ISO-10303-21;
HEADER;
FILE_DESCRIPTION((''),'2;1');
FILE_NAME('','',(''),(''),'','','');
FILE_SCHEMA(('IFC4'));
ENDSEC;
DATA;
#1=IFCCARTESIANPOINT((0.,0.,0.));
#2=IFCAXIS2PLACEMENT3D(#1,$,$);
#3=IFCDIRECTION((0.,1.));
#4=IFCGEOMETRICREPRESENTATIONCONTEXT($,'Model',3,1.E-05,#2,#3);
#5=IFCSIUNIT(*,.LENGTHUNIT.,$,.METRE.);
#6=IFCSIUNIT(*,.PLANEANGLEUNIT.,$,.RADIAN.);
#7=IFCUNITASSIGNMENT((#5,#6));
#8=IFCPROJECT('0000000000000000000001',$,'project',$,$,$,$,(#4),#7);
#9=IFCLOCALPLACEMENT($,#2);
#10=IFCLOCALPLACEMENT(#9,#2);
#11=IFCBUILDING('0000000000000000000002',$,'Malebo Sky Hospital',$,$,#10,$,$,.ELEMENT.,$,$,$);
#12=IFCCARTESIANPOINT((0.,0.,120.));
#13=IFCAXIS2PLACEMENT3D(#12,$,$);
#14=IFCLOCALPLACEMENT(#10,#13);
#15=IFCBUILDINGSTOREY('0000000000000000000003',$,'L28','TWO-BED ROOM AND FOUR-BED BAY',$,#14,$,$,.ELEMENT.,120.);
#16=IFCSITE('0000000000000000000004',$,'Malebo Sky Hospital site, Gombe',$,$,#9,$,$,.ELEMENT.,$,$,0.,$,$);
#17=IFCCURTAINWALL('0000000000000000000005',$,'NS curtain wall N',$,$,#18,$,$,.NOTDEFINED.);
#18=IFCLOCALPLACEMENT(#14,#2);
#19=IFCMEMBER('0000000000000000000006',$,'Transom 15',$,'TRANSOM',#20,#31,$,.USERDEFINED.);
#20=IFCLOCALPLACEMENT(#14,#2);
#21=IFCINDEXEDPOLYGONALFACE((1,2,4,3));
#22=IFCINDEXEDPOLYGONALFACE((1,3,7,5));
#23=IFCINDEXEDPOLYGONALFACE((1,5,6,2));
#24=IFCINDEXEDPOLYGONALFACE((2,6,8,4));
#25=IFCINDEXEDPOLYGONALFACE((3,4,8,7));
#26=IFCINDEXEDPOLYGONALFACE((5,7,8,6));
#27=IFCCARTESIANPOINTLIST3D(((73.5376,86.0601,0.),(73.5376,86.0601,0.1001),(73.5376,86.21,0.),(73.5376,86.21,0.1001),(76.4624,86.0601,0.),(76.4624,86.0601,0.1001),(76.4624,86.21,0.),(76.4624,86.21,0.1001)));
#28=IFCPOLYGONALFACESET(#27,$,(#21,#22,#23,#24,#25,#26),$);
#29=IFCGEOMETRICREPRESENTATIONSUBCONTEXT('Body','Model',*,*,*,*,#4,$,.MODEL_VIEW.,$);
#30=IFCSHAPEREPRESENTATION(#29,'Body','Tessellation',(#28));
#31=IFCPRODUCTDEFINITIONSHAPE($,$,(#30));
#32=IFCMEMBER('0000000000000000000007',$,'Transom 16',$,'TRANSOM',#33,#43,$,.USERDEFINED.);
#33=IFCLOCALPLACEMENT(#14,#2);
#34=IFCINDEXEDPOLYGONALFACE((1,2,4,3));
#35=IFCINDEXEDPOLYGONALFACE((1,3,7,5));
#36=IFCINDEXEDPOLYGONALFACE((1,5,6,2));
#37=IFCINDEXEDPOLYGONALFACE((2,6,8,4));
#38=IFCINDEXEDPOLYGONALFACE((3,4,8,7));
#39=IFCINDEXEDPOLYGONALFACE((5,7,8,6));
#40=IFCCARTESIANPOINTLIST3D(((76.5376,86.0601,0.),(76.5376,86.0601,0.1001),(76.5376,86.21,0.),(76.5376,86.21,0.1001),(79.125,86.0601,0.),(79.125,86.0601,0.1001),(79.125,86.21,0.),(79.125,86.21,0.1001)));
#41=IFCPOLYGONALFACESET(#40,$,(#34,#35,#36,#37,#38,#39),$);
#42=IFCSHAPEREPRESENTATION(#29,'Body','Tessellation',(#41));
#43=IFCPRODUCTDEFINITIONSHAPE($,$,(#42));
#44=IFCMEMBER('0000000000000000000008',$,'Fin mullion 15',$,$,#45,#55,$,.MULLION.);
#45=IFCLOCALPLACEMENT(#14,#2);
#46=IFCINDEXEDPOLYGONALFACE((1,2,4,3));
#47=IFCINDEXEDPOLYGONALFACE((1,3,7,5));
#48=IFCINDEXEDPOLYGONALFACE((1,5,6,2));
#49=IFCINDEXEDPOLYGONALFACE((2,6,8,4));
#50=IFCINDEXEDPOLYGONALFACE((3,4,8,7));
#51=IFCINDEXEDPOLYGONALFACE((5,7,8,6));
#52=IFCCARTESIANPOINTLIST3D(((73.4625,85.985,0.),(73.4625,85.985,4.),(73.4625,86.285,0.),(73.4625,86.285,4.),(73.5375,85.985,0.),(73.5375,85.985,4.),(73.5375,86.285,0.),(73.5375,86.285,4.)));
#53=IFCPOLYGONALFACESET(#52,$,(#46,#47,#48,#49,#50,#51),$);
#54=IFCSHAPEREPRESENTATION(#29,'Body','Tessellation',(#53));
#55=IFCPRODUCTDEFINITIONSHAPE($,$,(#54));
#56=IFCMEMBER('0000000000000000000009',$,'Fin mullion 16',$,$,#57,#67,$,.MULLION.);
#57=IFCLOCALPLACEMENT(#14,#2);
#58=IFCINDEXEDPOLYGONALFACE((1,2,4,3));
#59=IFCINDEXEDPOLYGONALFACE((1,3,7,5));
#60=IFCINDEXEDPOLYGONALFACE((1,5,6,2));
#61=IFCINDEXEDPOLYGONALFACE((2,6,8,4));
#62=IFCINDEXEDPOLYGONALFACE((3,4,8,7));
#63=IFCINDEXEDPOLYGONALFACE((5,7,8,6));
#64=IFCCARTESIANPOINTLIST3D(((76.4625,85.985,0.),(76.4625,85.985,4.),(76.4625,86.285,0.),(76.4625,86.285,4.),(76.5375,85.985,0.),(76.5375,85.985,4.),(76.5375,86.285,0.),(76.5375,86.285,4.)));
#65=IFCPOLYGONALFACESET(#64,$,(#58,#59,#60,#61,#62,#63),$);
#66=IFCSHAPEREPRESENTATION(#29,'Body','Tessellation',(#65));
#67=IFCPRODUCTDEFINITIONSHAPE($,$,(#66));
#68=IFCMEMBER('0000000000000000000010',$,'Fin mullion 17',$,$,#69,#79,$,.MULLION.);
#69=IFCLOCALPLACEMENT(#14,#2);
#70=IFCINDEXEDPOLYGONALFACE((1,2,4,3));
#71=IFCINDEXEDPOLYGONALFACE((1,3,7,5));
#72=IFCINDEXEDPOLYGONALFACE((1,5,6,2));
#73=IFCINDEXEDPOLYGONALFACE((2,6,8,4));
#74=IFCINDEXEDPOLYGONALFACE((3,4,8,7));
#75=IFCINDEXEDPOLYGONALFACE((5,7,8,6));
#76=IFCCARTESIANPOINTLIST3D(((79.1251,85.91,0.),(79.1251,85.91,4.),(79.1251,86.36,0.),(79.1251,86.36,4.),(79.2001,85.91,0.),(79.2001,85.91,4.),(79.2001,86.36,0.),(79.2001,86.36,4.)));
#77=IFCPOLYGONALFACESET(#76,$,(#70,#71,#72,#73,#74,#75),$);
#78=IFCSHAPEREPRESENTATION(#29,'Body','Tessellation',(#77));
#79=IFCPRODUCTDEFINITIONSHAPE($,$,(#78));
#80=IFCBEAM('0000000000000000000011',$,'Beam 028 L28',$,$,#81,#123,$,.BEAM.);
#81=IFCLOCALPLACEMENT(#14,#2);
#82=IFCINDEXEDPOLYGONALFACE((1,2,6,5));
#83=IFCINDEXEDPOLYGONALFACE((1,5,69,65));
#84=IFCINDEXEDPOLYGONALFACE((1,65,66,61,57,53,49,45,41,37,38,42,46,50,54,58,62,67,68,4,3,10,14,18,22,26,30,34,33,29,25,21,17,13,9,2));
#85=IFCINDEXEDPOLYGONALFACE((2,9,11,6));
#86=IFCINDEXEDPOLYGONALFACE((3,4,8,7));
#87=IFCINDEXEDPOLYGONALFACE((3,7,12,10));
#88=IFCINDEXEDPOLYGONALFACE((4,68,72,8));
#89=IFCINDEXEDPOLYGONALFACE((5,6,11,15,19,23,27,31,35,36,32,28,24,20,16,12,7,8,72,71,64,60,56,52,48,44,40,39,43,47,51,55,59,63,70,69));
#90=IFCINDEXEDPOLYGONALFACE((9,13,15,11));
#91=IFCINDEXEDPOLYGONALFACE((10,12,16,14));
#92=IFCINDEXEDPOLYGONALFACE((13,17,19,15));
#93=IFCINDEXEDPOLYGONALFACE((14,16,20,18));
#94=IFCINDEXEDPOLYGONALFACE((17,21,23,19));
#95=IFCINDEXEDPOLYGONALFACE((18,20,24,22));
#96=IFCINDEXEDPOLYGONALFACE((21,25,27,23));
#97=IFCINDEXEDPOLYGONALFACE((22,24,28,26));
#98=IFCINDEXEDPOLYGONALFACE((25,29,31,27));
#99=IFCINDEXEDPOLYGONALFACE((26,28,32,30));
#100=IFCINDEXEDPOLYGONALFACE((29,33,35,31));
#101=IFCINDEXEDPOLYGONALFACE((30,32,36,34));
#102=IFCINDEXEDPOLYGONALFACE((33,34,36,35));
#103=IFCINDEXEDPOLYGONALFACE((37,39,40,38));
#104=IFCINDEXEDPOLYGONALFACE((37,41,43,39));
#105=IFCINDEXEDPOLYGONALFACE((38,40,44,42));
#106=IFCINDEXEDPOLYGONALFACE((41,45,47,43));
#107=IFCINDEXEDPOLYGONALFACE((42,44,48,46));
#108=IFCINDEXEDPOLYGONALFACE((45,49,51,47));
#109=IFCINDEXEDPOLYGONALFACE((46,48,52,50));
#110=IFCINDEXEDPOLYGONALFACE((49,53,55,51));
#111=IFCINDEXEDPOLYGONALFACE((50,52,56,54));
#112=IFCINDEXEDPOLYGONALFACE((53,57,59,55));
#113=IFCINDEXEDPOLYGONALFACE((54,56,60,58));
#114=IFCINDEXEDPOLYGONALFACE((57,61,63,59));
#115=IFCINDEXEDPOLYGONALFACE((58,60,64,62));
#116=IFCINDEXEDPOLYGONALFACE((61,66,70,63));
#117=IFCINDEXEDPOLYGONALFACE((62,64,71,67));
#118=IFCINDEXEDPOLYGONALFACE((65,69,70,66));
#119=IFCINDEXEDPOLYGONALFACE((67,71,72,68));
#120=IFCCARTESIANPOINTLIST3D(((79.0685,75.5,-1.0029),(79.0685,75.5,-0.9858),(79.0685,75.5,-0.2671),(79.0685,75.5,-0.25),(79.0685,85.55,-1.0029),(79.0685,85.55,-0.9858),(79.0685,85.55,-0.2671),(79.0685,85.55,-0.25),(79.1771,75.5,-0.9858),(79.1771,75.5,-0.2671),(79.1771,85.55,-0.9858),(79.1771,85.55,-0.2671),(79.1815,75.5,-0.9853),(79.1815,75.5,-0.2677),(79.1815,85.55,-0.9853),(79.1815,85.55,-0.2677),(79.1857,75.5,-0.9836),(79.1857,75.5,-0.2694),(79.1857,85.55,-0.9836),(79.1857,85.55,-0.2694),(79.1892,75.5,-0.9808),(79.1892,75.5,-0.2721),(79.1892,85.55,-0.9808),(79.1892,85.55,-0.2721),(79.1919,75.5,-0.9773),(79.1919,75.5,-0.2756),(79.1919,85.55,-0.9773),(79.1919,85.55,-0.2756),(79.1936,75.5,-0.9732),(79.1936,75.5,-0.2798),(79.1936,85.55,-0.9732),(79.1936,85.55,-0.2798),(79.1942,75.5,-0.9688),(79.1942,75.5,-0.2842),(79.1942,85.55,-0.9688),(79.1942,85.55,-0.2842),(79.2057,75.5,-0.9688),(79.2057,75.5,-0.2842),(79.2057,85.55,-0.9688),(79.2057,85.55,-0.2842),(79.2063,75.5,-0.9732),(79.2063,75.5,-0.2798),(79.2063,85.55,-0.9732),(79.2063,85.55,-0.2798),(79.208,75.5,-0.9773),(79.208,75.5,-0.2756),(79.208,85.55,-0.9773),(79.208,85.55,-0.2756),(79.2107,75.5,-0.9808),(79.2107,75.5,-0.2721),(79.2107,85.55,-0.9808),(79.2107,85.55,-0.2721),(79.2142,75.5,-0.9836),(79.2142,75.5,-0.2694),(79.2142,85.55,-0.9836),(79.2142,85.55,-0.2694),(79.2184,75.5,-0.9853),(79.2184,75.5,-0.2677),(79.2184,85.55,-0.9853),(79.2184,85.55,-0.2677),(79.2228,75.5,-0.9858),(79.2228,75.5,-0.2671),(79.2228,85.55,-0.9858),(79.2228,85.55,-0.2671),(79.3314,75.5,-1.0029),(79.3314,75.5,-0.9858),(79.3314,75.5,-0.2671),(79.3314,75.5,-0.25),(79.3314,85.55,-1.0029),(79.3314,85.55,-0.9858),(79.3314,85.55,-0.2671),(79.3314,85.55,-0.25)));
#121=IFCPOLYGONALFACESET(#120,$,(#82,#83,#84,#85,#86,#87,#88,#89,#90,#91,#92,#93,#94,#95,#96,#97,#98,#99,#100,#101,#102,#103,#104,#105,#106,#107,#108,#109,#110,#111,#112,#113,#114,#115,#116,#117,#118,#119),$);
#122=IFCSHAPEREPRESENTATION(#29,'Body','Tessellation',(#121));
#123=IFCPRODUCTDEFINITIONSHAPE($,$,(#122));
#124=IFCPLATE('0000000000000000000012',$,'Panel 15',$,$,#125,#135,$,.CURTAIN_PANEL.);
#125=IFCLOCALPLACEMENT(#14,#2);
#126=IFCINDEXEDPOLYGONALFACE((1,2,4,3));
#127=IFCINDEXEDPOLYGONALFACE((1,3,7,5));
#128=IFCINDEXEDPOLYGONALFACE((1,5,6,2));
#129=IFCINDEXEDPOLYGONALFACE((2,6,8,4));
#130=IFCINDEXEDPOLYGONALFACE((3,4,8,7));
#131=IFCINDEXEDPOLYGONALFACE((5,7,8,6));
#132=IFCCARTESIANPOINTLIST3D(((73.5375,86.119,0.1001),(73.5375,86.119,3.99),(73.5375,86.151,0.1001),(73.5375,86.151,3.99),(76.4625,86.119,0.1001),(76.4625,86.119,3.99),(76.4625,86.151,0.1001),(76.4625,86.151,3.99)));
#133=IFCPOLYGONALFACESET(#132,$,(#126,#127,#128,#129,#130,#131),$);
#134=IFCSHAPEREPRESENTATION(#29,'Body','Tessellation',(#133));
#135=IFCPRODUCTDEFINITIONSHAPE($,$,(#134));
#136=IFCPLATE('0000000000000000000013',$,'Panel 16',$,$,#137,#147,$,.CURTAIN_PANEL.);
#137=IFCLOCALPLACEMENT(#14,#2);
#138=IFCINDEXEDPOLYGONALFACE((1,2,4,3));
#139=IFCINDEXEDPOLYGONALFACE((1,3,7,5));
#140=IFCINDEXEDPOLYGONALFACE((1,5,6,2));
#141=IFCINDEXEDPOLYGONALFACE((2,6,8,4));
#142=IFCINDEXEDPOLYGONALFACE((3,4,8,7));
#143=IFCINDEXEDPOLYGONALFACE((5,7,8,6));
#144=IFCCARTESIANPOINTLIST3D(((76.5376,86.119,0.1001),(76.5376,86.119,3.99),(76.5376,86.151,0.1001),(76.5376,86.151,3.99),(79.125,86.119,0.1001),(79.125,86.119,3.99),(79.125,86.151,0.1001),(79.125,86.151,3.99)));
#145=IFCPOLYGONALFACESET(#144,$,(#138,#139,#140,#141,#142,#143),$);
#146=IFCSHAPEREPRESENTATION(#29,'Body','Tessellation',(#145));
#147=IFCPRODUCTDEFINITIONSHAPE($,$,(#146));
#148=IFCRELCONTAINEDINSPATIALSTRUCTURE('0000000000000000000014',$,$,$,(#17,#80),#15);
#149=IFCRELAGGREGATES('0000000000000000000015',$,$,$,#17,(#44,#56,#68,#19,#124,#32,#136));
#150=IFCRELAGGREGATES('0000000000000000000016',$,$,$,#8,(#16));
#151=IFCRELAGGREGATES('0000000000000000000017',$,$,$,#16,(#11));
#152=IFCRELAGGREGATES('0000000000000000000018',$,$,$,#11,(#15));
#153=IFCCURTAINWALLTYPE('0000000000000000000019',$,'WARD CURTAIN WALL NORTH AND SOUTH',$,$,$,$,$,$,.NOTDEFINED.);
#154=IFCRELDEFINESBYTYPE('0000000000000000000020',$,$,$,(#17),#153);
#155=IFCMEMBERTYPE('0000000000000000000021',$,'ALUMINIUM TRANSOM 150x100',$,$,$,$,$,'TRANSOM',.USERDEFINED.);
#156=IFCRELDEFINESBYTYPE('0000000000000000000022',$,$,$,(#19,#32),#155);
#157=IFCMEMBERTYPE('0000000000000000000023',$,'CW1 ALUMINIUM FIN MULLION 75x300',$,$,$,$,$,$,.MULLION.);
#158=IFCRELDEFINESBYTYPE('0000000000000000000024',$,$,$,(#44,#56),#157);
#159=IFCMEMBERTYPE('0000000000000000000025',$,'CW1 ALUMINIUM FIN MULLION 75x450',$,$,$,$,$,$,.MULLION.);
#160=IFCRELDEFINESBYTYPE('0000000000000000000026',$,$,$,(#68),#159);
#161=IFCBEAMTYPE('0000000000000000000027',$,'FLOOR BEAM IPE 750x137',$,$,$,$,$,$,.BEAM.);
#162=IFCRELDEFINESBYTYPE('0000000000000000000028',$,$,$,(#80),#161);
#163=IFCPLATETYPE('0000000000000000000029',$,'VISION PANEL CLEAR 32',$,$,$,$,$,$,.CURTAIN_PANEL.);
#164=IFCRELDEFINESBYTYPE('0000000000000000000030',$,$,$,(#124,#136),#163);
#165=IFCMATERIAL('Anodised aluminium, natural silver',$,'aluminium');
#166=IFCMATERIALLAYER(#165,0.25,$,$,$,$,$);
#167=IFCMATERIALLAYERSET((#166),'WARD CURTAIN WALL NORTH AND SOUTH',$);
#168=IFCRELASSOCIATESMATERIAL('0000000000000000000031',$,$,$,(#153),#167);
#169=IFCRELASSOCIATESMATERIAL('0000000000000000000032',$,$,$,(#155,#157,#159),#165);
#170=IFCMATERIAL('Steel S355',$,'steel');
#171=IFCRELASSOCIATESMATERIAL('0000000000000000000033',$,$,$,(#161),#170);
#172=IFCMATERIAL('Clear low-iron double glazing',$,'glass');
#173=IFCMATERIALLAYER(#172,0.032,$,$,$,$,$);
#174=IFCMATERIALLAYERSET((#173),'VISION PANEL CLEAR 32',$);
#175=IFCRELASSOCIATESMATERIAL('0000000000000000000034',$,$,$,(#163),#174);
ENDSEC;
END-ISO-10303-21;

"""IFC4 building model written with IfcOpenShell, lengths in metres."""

from ifc_helpers import new_model, si_unit, direction, frame, origin, origin_2d, place, context, subcontext, project, spatial, rectangle, i_section, extrude, material, layer, layer_set, material_profile, profile_set, type_object, element, aggregate, save


model = new_model("IFC4")

# Units and contexts
model_context = context("Model", 3, precision=1e-05, world=origin(), true_north=direction((0.0, 1.0)))
body_context = subcontext(model_context, "Body", "Model", "MODEL_VIEW")
ifc_project = project(units=[si_unit("LENGTHUNIT", "METRE"), si_unit("PLANEANGLEUNIT", "RADIAN")], contexts=[model_context])

# Site, building, storey
site_placement = place(None, origin())
site = spatial("IfcSite", under=ifc_project, at=site_placement, Name="Malebo Sky Hospital site, Gombe", CompositionType="ELEMENT", RefElevation=0.0)
building_placement = place(site_placement, origin())
building = spatial("IfcBuilding", under=site, at=building_placement, Name="Malebo Sky Hospital", CompositionType="ELEMENT")
storey_placement = place(building_placement, frame((0.0, 0.0, 120.0)))
storey = spatial("IfcBuildingStorey", under=building, at=storey_placement, Name="L28", Description="TWO-BED ROOM AND FOUR-BED BAY", CompositionType="ELEMENT", Elevation=120.0)

# Curtain wall, members
ifc_material_1 = material(Name="Anodised aluminium, natural silver", Category="aluminium")
ifc_layer_1 = layer(ifc_material_1, 0.25)
ifc_layer_set_1 = layer_set([ifc_layer_1], Name="WARD CURTAIN WALL NORTH AND SOUTH")
curtain_wall_type = type_object("IfcCurtainWallType", Name="WARD CURTAIN WALL NORTH AND SOUTH", PredefinedType="NOTDEFINED", material=ifc_layer_set_1)
curtain_wall_placement = place(storey_placement, origin())
curtain_wall = element("IfcCurtainWall", 1, at=curtain_wall_placement, inside=storey, type_object=curtain_wall_type, Name="NS curtain wall N", PredefinedType="NOTDEFINED")
ifc_material_profile_1 = material_profile(ifc_material_1, rectangle(XDim=0.1499, YDim=0.1001, at=origin_2d()), Name="ALUMINIUM TRANSOM 150x100")
ifc_profile_set_1 = profile_set([ifc_material_profile_1], Name="Anodised aluminium, natural silver")
member_type_1 = type_object("IfcMemberType", Name="ALUMINIUM TRANSOM 150x100", ElementType="TRANSOM", PredefinedType="USERDEFINED", material=ifc_profile_set_1)
member_1_placement = place(storey_placement, frame((73.5376, 86.135, 0.05), z_axis=(1.0, 0.0, 0.0), x_axis=(0.0, 1.0, 0.0)))
member_1 = element("IfcMember", 2, at=member_1_placement, type_object=member_type_1, Name="Transom 15", ObjectType="TRANSOM", PredefinedType="USERDEFINED", context=body_context, shape_type="SweptSolid", body=[
    extrude(rectangle(XDim=0.1499, YDim=0.1001, at=origin_2d()), origin(), (0.0, 0.0, 1.0), 2.9248),
])
member_2_placement = place(storey_placement, frame((76.5376, 86.135, 0.05), z_axis=(1.0, 0.0, 0.0), x_axis=(0.0, 1.0, 0.0)))
member_2 = element("IfcMember", 3, at=member_2_placement, type_object=member_type_1, Name="Transom 16", ObjectType="TRANSOM", PredefinedType="USERDEFINED", context=body_context, shape_type="SweptSolid", body=[
    extrude(rectangle(XDim=0.1499, YDim=0.1001, at=origin_2d()), origin(), (0.0, 0.0, 1.0), 2.5874),
])
ifc_material_profile_2 = material_profile(ifc_material_1, rectangle(XDim=0.075, YDim=0.3, at=origin_2d()), Name="CW1 ALUMINIUM FIN MULLION 75x300")
ifc_profile_set_2 = profile_set([ifc_material_profile_2], Name="Anodised aluminium, natural silver")
member_type_2 = type_object("IfcMemberType", Name="CW1 ALUMINIUM FIN MULLION 75x300", PredefinedType="MULLION", material=ifc_profile_set_2)
member_3_placement = place(storey_placement, frame((73.5, 86.135, 0.0), z_axis=(0.0, 0.0, 1.0), x_axis=(1.0, 0.0, 0.0)))
member_3 = element("IfcMember", 4, at=member_3_placement, type_object=member_type_2, Name="Fin mullion 15", PredefinedType="MULLION", context=body_context, shape_type="SweptSolid", body=[
    extrude(rectangle(XDim=0.075, YDim=0.3, at=origin_2d()), origin(), (0.0, 0.0, 1.0), 4.0),
])
member_4_placement = place(storey_placement, frame((76.5, 86.135, 0.0), z_axis=(0.0, 0.0, 1.0), x_axis=(1.0, 0.0, 0.0)))
member_4 = element("IfcMember", 5, at=member_4_placement, type_object=member_type_2, Name="Fin mullion 16", PredefinedType="MULLION", context=body_context, shape_type="SweptSolid", body=[
    extrude(rectangle(XDim=0.075, YDim=0.3, at=origin_2d()), origin(), (0.0, 0.0, 1.0), 4.0),
])
ifc_material_profile_3 = material_profile(ifc_material_1, rectangle(XDim=0.075, YDim=0.45, at=origin_2d()), Name="CW1 ALUMINIUM FIN MULLION 75x450")
ifc_profile_set_3 = profile_set([ifc_material_profile_3], Name="Anodised aluminium, natural silver")
member_type_3 = type_object("IfcMemberType", Name="CW1 ALUMINIUM FIN MULLION 75x450", PredefinedType="MULLION", material=ifc_profile_set_3)
member_5_placement = place(storey_placement, frame((79.1626, 86.135, 0.0), z_axis=(0.0, 0.0, 1.0), x_axis=(1.0, 0.0, 0.0)))
member_5 = element("IfcMember", 6, at=member_5_placement, type_object=member_type_3, Name="Fin mullion 17", PredefinedType="MULLION", context=body_context, shape_type="SweptSolid", body=[
    extrude(rectangle(XDim=0.075, YDim=0.45, at=origin_2d()), origin(), (0.0, 0.0, 1.0), 4.0),
])

# Beam
ifc_material_2 = material(Name="Steel S355", Category="steel")
ifc_material_profile_4 = material_profile(ifc_material_2, i_section(OverallWidth=0.2629, OverallDepth=0.7529, WebThickness=0.0115, FlangeThickness=0.0171, FilletRadius=0.0171, at=origin_2d()), Name="IPE 750x137")
ifc_profile_set_4 = profile_set([ifc_material_profile_4], Name="Steel S355")
beam_type = type_object("IfcBeamType", Name="FLOOR BEAM IPE 750x137", PredefinedType="BEAM", material=ifc_profile_set_4)
beam_placement = place(storey_placement, frame((79.2, 75.5, -0.6265), z_axis=(0.0, 1.0, 0.0), x_axis=(-1.0, 0.0, 0.0)))
element("IfcBeam", 7, at=beam_placement, inside=storey, type_object=beam_type, Name="Beam 028 L28", PredefinedType="BEAM", context=body_context, shape_type="SweptSolid", body=[
    extrude(i_section(OverallWidth=0.2629, OverallDepth=0.7529, WebThickness=0.0115, FlangeThickness=0.0171, FilletRadius=0.0171, at=origin_2d()), origin(), (0.0, 0.0, 1.0), 10.05),
])

# Plates
ifc_material_3 = material(Name="Clear low-iron double glazing", Category="glass")
ifc_layer_2 = layer(ifc_material_3, 0.032)
ifc_layer_set_2 = layer_set([ifc_layer_2], Name="VISION PANEL CLEAR 32")
plate_type = type_object("IfcPlateType", Name="VISION PANEL CLEAR 32", PredefinedType="CURTAIN_PANEL", material=ifc_layer_set_2)
plate_1_placement = place(storey_placement, frame((75.0, 86.135, 0.1001), z_axis=(0.0, 0.0, 1.0), x_axis=(1.0, 0.0, 0.0)))
plate_1 = element("IfcPlate", 8, at=plate_1_placement, type_object=plate_type, Name="Panel 15", PredefinedType="CURTAIN_PANEL", context=body_context, shape_type="SweptSolid", body=[
    extrude(rectangle(XDim=2.925, YDim=0.032, at=origin_2d()), origin(), (0.0, 0.0, 1.0), 3.8899),
])
plate_2_placement = place(storey_placement, frame((77.8313, 86.135, 0.1001), z_axis=(0.0, 0.0, 1.0), x_axis=(1.0, 0.0, 0.0)))
plate_2 = element("IfcPlate", 9, at=plate_2_placement, type_object=plate_type, Name="Panel 16", PredefinedType="CURTAIN_PANEL", context=body_context, shape_type="SweptSolid", body=[
    extrude(rectangle(XDim=2.5874, YDim=0.032, at=origin_2d()), origin(), (0.0, 0.0, 1.0), 3.8899),
])
aggregate(curtain_wall, [member_3, member_4, member_5, member_1, plate_1, member_2, plate_2])

save(model, "model.ifc")
